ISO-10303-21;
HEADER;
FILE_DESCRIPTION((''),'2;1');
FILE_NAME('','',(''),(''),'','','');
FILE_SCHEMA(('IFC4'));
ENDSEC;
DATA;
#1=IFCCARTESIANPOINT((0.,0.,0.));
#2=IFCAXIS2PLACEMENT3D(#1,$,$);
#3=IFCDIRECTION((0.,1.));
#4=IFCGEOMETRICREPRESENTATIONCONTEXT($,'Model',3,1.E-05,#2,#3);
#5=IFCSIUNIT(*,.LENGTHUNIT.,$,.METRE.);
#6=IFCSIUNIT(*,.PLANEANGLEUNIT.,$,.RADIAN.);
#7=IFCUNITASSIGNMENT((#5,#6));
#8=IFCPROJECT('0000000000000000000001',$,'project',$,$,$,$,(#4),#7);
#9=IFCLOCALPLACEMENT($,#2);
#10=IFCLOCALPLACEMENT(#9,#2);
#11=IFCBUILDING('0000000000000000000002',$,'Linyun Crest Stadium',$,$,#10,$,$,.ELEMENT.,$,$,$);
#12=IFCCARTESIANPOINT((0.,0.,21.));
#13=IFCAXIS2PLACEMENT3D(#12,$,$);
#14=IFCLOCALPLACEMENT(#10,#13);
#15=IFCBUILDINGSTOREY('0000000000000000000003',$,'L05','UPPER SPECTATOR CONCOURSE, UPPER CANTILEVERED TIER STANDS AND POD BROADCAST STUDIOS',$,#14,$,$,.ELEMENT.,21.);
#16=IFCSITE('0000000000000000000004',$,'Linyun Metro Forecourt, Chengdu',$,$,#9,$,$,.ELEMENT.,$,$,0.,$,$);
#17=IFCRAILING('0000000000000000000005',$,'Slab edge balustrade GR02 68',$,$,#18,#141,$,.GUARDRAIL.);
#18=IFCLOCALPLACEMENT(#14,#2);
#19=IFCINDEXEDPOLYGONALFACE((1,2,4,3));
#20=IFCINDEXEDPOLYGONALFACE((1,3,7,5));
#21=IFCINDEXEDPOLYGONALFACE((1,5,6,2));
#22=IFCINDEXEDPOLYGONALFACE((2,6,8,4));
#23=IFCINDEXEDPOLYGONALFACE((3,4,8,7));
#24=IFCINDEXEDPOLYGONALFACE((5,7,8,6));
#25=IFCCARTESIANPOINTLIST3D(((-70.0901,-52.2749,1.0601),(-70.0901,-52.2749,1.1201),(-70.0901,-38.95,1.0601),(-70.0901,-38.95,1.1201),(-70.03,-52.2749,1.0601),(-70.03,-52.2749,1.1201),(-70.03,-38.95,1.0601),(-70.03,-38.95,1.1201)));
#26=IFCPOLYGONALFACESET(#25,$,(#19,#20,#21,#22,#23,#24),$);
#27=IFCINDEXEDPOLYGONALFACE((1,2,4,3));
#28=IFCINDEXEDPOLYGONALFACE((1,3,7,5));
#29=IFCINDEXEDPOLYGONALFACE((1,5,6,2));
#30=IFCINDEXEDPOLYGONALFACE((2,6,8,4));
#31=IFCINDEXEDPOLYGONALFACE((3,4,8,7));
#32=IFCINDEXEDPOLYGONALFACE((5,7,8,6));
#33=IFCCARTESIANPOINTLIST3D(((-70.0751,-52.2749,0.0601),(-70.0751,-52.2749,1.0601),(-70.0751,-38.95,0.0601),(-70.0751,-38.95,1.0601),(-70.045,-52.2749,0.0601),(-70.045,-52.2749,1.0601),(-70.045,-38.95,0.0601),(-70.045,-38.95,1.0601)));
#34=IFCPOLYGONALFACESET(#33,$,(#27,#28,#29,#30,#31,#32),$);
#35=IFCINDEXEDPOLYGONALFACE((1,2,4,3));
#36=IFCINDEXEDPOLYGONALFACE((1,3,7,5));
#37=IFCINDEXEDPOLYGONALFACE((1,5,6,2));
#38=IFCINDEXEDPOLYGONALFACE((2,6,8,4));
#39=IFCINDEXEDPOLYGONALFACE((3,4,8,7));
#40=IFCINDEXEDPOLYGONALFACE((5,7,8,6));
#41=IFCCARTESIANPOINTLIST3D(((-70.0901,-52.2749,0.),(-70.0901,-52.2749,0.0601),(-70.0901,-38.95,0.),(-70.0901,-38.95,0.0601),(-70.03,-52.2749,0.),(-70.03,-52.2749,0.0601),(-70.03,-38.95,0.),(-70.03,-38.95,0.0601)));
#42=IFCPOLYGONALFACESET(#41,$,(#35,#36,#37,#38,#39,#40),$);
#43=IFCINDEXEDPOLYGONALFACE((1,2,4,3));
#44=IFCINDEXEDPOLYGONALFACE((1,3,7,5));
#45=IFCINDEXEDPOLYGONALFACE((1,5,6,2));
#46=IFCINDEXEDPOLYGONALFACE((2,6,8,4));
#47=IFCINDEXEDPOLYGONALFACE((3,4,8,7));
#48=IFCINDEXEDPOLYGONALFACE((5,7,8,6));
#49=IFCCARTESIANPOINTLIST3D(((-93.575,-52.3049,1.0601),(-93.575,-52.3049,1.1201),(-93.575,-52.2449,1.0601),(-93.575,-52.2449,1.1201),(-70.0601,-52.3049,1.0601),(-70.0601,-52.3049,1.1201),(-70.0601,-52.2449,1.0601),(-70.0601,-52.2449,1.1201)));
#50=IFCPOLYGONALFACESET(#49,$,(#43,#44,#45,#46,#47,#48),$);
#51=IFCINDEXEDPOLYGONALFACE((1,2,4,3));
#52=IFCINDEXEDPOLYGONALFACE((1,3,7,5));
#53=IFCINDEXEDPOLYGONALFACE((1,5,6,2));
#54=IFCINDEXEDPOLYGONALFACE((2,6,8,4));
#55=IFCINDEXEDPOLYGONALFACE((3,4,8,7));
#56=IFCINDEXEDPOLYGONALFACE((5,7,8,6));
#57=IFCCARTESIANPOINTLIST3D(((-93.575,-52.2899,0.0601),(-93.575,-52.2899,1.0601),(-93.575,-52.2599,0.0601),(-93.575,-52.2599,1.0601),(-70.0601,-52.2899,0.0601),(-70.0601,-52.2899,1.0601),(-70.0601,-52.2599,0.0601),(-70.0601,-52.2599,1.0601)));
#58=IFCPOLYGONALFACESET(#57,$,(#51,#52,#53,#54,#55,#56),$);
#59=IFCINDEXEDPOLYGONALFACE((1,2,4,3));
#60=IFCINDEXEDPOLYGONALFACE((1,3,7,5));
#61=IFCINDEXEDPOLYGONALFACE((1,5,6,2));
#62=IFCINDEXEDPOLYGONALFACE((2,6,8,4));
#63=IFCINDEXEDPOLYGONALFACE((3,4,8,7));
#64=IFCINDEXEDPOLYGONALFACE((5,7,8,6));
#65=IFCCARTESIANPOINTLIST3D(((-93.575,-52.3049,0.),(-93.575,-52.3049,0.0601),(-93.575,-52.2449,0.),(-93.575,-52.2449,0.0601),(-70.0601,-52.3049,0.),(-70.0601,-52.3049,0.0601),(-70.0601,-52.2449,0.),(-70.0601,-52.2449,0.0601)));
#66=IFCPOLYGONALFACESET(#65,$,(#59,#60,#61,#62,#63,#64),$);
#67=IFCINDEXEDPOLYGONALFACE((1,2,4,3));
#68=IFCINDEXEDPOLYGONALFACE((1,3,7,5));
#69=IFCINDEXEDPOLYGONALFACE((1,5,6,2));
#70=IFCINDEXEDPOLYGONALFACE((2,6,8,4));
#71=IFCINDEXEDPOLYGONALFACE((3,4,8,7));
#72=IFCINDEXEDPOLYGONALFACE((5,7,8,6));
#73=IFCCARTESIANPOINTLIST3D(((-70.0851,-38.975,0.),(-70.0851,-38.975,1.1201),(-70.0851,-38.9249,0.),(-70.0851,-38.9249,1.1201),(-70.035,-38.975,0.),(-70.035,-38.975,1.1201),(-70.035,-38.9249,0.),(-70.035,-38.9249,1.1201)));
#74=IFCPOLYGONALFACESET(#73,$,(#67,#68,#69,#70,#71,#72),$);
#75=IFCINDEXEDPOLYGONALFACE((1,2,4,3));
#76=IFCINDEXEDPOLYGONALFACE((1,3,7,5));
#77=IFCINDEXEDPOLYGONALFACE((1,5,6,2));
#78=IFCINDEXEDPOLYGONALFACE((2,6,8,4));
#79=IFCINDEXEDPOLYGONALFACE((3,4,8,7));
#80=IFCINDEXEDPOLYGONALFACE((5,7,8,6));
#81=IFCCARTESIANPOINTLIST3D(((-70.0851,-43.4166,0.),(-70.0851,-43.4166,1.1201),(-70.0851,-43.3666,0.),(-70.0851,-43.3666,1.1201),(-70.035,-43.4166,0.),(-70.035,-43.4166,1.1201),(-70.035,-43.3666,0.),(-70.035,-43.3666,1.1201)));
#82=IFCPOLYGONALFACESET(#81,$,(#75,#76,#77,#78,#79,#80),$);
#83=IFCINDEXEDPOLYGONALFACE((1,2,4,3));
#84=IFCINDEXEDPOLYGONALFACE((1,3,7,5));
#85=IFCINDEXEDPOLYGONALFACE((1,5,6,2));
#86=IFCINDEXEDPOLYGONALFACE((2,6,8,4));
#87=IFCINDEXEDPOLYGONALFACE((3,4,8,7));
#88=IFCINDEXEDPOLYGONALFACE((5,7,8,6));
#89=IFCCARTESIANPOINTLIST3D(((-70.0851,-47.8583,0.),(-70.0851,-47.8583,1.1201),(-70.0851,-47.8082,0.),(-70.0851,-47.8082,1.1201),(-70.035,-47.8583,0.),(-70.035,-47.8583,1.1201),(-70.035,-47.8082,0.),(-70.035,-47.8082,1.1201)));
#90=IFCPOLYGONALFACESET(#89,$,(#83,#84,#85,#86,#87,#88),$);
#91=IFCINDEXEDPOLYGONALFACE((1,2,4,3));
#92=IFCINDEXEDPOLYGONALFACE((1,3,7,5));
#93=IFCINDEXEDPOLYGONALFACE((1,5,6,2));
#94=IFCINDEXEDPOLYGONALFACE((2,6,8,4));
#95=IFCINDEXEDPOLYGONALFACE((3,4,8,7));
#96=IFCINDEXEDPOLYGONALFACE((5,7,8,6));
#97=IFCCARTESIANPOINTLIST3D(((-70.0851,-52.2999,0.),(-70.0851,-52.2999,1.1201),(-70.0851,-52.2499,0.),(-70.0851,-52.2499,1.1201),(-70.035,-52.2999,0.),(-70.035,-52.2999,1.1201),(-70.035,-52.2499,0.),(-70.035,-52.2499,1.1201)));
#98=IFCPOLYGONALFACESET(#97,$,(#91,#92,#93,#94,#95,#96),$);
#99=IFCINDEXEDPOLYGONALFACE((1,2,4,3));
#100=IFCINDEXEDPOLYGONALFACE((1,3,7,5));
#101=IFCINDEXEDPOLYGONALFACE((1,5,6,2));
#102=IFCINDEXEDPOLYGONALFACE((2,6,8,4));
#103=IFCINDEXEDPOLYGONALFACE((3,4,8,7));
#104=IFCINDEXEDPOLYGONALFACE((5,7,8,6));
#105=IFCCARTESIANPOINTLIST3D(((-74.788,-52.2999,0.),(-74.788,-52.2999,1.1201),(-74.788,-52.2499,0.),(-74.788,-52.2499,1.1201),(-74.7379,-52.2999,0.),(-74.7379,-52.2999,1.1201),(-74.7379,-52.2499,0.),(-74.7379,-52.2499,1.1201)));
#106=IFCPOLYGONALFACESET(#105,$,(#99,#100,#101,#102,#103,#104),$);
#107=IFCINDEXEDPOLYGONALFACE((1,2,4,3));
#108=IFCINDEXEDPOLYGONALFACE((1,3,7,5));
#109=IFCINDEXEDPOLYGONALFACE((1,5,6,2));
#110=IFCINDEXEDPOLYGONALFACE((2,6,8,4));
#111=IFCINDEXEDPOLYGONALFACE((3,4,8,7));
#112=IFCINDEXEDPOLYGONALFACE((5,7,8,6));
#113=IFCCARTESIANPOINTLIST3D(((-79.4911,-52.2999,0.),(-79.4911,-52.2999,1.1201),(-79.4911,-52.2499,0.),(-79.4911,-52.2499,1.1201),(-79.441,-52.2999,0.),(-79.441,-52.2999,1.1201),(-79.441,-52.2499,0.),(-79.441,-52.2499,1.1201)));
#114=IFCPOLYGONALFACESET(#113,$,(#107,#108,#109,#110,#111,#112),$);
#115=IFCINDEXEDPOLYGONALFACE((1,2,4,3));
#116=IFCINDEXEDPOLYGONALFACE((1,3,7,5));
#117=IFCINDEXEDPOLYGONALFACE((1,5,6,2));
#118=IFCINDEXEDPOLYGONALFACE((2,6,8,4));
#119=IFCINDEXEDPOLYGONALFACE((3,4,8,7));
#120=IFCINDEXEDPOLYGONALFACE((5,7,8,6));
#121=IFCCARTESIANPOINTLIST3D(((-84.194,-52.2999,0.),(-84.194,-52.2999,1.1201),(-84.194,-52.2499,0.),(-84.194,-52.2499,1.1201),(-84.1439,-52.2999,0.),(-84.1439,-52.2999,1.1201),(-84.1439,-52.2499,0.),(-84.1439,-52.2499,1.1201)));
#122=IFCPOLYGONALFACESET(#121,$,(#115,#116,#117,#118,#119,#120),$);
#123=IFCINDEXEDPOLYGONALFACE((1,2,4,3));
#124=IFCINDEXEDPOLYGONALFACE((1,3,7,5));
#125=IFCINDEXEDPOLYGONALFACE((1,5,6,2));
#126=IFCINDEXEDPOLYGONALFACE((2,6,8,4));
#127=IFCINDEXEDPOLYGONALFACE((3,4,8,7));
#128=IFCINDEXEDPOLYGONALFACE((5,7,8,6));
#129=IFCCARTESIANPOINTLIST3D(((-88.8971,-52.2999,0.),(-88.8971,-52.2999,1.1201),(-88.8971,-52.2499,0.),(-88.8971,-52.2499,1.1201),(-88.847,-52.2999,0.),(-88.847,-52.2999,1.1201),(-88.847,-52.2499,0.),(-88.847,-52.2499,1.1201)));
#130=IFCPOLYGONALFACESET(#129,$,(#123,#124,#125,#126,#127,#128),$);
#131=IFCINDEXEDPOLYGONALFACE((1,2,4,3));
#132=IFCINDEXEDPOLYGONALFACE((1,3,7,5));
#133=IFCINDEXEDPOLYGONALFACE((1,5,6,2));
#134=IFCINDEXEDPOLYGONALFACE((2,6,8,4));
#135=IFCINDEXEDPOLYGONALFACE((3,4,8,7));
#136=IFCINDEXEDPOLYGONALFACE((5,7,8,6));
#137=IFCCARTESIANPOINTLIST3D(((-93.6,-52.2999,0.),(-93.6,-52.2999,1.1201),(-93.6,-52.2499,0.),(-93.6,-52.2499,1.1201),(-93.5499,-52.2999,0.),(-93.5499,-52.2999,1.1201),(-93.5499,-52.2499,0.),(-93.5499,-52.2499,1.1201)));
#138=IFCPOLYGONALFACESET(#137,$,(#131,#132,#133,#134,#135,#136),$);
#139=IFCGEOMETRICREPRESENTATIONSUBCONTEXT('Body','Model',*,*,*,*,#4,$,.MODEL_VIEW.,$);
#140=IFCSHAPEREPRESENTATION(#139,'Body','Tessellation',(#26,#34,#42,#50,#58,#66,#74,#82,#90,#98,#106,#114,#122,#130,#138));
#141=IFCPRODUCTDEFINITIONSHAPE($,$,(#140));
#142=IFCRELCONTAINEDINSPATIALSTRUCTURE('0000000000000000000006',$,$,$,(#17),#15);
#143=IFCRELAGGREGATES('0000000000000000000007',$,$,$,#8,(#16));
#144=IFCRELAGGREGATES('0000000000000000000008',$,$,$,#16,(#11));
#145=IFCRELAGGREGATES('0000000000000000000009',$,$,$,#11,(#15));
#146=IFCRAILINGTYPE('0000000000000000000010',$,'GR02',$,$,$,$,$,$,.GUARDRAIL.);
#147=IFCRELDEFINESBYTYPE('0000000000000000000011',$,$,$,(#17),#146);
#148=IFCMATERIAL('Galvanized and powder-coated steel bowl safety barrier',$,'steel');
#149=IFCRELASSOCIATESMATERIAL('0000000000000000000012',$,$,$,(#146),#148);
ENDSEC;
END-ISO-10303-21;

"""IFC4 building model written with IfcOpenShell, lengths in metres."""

from ifc_helpers import new_model, si_unit, direction, frame, origin, origin_2d, place, context, subcontext, project, spatial, rectangle, extrude, material, type_object, element, save


model = new_model("IFC4")

# Units and contexts
model_context = context("Model", 3, precision=1e-05, world=origin(), true_north=direction((0.0, 1.0)))
body_context = subcontext(model_context, "Body", "Model", "MODEL_VIEW")
ifc_project = project(units=[si_unit("LENGTHUNIT", "METRE"), si_unit("PLANEANGLEUNIT", "RADIAN")], contexts=[model_context])

# Site, building, storey
site_placement = place(None, origin())
site = spatial("IfcSite", under=ifc_project, at=site_placement, Name="Linyun Metro Forecourt, Chengdu", CompositionType="ELEMENT", RefElevation=0.0)
building_placement = place(site_placement, origin())
building = spatial("IfcBuilding", under=site, at=building_placement, Name="Linyun Crest Stadium", CompositionType="ELEMENT")
storey_placement = place(building_placement, frame((0.0, 0.0, 21.0)))
storey = spatial("IfcBuildingStorey", under=building, at=storey_placement, Name="L05", Description="UPPER SPECTATOR CONCOURSE, UPPER CANTILEVERED TIER STANDS AND POD BROADCAST STUDIOS", CompositionType="ELEMENT", Elevation=21.0)

# Railing
ifc_material_1 = material(Name="Galvanized and powder-coated steel bowl safety barrier", Category="steel")
railing_type = type_object("IfcRailingType", Name="GR02", PredefinedType="GUARDRAIL", material=ifc_material_1)
railing_1_placement = place(storey_placement, frame((-70.0601, -38.95, 0.0)))
element("IfcRailing", 1, at=railing_1_placement, inside=storey, type_object=railing_type, Name="Slab edge balustrade GR02 68", PredefinedType="GUARDRAIL", context=body_context, shape_type="SweptSolid", body=[
    extrude(rectangle(XDim=0.0601, YDim=0.0601, at=origin_2d()), frame((0.0, 0.0, 1.0901), z_axis=(0.0, -1.0, 0.0), x_axis=(1.0, 0.0, 0.0)), (0.0, 0.0, 1.0), 13.325),
    extrude(rectangle(XDim=0.03, YDim=1.0, at=origin_2d()), frame((0.0, 0.0, 0.5601), z_axis=(0.0, -1.0, 0.0), x_axis=(1.0, 0.0, 0.0)), (0.0, 0.0, 1.0), 13.325),
    extrude(rectangle(XDim=0.0601, YDim=0.0601, at=origin_2d()), frame((0.0, 0.0, 0.03), z_axis=(0.0, -1.0, 0.0), x_axis=(1.0, 0.0, 0.0)), (0.0, 0.0, 1.0), 13.325),
    extrude(rectangle(XDim=0.0601, YDim=0.0601, at=origin_2d()), frame((0.0, -13.325, 1.0901), z_axis=(-1.0, 0.0, 0.0), x_axis=(0.0, -1.0, 0.0)), (0.0, 0.0, 1.0), 23.5149),
    extrude(rectangle(XDim=0.03, YDim=1.0, at=origin_2d()), frame((0.0, -13.325, 0.5601), z_axis=(-1.0, 0.0, 0.0), x_axis=(0.0, -1.0, 0.0)), (0.0, 0.0, 1.0), 23.5149),
    extrude(rectangle(XDim=0.0601, YDim=0.0601, at=origin_2d()), frame((0.0, -13.325, 0.03), z_axis=(-1.0, 0.0, 0.0), x_axis=(0.0, -1.0, 0.0)), (0.0, 0.0, 1.0), 23.5149),
    extrude(rectangle(XDim=0.05, YDim=0.05, at=origin_2d()), origin(), (0.0, 0.0, 1.0), 1.1201),
    extrude(rectangle(XDim=0.05, YDim=0.05, at=origin_2d()), frame((0.0, -4.4417, 0.0)), (0.0, 0.0, 1.0), 1.1201),
    extrude(rectangle(XDim=0.05, YDim=0.05, at=origin_2d()), frame((0.0, -8.8833, 0.0)), (0.0, 0.0, 1.0), 1.1201),
    extrude(rectangle(XDim=0.05, YDim=0.05, at=origin_2d()), frame((0.0, -13.325, 0.0)), (0.0, 0.0, 1.0), 1.1201),
    extrude(rectangle(XDim=0.05, YDim=0.05, at=origin_2d()), frame((-4.7029, -13.325, 0.0)), (0.0, 0.0, 1.0), 1.1201),
    extrude(rectangle(XDim=0.05, YDim=0.05, at=origin_2d()), frame((-9.406, -13.325, 0.0)), (0.0, 0.0, 1.0), 1.1201),
    extrude(rectangle(XDim=0.05, YDim=0.05, at=origin_2d()), frame((-14.1089, -13.325, 0.0)), (0.0, 0.0, 1.0), 1.1201),
    extrude(rectangle(XDim=0.05, YDim=0.05, at=origin_2d()), frame((-18.812, -13.325, 0.0)), (0.0, 0.0, 1.0), 1.1201),
    extrude(rectangle(XDim=0.05, YDim=0.05, at=origin_2d()), frame((-23.5149, -13.325, 0.0)), (0.0, 0.0, 1.0), 1.1201),
])

save(model, "model.ifc")
